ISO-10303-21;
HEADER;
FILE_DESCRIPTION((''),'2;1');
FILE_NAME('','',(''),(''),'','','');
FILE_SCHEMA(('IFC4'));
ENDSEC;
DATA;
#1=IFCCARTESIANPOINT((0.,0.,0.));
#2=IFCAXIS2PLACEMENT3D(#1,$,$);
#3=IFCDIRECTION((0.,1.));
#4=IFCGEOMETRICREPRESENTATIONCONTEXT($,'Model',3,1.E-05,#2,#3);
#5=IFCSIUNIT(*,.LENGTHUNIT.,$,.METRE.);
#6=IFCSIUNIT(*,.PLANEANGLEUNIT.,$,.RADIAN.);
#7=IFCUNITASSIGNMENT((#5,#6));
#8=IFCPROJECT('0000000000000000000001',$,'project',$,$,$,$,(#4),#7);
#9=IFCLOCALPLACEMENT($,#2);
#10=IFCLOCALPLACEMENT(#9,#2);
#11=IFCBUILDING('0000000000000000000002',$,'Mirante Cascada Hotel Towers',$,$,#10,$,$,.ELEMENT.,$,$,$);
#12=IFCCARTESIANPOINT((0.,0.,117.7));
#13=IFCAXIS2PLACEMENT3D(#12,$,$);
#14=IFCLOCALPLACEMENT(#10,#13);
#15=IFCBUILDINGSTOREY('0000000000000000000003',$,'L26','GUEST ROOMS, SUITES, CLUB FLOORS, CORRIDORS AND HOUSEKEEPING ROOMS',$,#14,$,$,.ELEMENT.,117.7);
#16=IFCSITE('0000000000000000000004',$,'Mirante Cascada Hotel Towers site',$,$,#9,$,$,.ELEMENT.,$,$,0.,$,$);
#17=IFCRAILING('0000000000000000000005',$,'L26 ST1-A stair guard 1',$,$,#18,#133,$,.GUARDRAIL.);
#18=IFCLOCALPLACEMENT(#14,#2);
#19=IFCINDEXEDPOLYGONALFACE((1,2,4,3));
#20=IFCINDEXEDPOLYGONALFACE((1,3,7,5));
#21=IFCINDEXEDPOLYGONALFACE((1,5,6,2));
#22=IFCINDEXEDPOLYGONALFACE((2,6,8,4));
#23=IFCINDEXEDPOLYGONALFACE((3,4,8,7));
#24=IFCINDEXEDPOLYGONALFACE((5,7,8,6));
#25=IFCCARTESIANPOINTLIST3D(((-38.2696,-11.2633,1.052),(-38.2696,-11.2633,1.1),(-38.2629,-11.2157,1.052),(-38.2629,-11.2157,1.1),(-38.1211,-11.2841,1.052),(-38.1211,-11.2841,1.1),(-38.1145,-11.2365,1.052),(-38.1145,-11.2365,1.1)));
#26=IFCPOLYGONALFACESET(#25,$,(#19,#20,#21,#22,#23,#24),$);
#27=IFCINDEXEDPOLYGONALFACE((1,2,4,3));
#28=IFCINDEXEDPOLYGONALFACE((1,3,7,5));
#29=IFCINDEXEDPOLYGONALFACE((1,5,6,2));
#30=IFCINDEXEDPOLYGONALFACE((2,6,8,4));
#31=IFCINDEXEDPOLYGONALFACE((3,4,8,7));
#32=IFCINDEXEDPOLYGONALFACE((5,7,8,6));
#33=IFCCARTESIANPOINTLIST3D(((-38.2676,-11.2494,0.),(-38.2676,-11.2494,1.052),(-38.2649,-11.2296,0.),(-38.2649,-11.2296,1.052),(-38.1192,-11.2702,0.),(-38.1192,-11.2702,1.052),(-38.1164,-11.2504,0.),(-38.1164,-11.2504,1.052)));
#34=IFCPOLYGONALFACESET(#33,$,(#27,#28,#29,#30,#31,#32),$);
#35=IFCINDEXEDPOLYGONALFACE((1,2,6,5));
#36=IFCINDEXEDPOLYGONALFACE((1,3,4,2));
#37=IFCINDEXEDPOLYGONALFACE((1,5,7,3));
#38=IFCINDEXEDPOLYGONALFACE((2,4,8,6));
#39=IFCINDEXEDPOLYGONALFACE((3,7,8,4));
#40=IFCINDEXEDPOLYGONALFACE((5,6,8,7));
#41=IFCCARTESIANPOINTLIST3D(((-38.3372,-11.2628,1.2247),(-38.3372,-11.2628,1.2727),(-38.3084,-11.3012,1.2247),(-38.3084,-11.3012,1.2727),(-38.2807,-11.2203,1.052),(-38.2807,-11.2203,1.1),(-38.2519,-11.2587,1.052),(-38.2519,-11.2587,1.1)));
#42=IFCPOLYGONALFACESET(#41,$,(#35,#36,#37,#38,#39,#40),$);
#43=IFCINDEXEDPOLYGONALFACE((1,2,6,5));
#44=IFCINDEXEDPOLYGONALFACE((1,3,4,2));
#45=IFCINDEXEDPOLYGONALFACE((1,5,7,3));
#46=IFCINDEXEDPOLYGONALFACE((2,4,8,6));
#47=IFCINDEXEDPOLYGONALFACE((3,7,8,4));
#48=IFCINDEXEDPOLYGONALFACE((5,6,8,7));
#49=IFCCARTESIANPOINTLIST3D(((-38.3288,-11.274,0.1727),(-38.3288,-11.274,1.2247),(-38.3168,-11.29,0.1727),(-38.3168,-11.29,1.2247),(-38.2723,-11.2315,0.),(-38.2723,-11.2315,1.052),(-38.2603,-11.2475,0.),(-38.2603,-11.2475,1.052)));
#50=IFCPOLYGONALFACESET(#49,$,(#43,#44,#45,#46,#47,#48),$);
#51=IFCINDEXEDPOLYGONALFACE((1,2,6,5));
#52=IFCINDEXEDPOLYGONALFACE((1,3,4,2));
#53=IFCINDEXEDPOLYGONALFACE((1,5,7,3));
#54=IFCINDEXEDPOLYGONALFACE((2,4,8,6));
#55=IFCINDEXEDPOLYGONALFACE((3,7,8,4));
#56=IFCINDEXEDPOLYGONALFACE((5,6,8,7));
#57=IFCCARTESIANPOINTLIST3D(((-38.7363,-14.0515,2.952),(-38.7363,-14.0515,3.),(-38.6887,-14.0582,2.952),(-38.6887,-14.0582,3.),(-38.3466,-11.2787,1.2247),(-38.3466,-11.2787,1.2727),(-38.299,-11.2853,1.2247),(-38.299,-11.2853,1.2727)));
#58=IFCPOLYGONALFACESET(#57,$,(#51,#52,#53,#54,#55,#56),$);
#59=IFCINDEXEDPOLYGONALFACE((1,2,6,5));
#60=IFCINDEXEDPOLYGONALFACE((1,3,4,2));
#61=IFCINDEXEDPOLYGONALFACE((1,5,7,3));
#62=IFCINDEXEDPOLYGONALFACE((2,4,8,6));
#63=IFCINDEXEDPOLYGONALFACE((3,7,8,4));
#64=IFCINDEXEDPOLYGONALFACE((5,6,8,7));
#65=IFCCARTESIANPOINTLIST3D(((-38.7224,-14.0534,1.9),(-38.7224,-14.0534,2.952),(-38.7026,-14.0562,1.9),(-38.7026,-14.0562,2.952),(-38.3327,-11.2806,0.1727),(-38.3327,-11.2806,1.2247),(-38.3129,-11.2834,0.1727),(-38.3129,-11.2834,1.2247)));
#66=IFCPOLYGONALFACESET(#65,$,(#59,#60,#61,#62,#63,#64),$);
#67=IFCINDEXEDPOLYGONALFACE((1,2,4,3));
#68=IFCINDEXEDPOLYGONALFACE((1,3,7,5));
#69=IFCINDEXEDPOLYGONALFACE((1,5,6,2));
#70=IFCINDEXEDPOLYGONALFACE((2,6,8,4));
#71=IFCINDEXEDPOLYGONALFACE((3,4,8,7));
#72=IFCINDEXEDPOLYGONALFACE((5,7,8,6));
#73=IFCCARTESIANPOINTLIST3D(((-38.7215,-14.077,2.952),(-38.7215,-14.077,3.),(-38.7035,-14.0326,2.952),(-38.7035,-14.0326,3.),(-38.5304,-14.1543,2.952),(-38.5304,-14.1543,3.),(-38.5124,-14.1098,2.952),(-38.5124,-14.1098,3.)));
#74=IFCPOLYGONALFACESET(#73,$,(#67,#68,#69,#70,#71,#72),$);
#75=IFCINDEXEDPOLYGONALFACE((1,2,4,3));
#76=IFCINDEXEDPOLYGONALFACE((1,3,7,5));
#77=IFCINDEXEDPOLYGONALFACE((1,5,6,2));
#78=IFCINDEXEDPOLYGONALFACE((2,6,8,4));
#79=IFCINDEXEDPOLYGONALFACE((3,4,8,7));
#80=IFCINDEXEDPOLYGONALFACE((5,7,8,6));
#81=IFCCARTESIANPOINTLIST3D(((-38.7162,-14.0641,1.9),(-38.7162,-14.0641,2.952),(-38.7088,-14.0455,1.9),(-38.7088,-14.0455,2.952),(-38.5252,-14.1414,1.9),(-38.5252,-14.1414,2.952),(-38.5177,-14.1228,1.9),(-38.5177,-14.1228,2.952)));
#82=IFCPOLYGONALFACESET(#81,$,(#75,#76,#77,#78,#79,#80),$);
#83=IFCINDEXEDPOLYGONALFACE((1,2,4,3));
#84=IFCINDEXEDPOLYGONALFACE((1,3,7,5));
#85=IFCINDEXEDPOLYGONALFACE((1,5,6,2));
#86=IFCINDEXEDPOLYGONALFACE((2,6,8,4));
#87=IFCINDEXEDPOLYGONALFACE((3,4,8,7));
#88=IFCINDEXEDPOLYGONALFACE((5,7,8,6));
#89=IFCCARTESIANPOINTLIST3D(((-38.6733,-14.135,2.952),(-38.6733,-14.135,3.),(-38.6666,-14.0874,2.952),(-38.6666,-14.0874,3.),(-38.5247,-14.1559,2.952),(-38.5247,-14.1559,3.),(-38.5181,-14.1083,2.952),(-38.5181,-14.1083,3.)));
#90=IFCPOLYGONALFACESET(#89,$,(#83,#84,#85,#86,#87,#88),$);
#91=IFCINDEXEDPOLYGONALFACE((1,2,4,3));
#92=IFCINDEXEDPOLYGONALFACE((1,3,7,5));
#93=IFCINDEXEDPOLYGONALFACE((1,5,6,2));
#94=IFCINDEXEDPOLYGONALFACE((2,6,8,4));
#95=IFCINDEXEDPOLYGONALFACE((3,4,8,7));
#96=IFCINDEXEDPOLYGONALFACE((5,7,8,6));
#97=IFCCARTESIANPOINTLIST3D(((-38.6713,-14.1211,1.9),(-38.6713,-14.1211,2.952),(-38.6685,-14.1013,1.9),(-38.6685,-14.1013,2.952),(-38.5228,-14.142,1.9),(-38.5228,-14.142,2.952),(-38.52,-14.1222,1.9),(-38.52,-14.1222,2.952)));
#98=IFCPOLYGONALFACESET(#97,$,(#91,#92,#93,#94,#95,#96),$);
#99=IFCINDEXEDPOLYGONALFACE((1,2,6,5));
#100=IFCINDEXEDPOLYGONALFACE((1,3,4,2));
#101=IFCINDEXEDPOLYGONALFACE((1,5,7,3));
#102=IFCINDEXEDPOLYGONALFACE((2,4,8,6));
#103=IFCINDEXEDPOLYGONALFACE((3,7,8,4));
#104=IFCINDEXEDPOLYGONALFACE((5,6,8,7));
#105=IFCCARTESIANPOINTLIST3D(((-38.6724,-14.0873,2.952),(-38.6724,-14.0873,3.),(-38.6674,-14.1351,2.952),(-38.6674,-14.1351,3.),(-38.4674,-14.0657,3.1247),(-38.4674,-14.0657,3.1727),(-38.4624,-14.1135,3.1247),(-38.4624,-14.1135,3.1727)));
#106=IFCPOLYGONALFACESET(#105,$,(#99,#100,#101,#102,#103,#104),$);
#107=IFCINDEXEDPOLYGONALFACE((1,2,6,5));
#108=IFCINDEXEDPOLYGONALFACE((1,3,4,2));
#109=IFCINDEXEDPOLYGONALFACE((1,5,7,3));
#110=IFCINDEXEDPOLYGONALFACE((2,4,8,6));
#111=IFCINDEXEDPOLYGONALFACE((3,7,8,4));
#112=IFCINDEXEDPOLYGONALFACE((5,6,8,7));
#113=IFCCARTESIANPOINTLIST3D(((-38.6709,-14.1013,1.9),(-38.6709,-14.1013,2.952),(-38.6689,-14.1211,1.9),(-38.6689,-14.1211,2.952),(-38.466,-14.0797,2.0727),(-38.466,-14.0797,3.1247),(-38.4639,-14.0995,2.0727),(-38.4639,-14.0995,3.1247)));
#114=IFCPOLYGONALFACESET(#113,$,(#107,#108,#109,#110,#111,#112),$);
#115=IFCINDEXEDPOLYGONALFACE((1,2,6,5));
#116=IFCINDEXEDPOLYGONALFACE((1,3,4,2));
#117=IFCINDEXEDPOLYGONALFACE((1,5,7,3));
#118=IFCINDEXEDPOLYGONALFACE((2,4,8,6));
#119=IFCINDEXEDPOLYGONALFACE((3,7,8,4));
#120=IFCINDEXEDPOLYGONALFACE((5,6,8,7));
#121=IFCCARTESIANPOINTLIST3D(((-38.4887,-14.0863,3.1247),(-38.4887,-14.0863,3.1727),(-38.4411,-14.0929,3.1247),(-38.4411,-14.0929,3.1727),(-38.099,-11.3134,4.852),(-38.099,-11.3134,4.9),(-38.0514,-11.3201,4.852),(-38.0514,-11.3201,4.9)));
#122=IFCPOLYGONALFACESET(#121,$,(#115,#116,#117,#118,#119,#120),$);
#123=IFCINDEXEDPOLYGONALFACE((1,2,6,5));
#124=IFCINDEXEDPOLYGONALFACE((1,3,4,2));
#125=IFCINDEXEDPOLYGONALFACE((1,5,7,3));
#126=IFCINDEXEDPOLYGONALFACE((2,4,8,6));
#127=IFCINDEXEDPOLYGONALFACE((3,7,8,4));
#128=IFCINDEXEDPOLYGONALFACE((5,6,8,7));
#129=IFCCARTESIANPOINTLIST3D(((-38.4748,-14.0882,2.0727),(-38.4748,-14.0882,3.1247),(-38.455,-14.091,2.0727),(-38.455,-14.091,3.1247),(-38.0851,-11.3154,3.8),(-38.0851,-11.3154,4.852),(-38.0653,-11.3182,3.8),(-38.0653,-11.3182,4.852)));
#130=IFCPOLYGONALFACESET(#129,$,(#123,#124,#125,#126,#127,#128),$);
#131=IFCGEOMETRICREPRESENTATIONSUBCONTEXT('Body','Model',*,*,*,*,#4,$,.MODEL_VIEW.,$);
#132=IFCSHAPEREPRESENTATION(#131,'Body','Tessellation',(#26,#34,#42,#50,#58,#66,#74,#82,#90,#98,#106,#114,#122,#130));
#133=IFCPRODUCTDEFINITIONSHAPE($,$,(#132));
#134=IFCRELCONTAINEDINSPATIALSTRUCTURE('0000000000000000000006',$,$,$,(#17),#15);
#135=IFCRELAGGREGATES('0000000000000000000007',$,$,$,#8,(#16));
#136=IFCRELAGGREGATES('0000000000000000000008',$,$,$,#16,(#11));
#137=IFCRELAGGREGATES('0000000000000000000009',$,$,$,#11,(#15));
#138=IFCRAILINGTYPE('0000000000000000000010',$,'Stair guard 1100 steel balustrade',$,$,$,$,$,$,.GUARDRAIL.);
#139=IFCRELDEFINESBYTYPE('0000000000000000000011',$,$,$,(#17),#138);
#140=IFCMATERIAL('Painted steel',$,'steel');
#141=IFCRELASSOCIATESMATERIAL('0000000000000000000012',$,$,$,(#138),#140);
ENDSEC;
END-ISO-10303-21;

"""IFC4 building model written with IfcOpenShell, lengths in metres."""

from ifc_helpers import new_model, si_unit, direction, frame, origin, origin_2d, place, context, subcontext, project, spatial, rectangle, extrude, material, type_object, element, save


model = new_model("IFC4")

# Units and contexts
model_context = context("Model", 3, precision=1e-05, world=origin(), true_north=direction((0.0, 1.0)))
body_context = subcontext(model_context, "Body", "Model", "MODEL_VIEW")
ifc_project = project(units=[si_unit("LENGTHUNIT", "METRE"), si_unit("PLANEANGLEUNIT", "RADIAN")], contexts=[model_context])

# Site, building, storey
site_placement = place(None, origin())
site = spatial("IfcSite", under=ifc_project, at=site_placement, Name="Mirante Cascada Hotel Towers site", CompositionType="ELEMENT", RefElevation=0.0)
building_placement = place(site_placement, origin())
building = spatial("IfcBuilding", under=site, at=building_placement, Name="Mirante Cascada Hotel Towers", CompositionType="ELEMENT")
storey_placement = place(building_placement, frame((0.0, 0.0, 117.7)))
storey = spatial("IfcBuildingStorey", under=building, at=storey_placement, Name="L26", Description="GUEST ROOMS, SUITES, CLUB FLOORS, CORRIDORS AND HOUSEKEEPING ROOMS", CompositionType="ELEMENT", Elevation=117.7)

# Railing
ifc_material_1 = material(Name="Painted steel", Category="steel")
railing_type = type_object("IfcRailingType", Name="Stair guard 1100 steel balustrade", PredefinedType="GUARDRAIL", material=ifc_material_1)
railing_placement = place(storey_placement, frame((-38.1178, -11.2603, 0.0)))
element("IfcRailing", 1, at=railing_placement, inside=storey, type_object=railing_type, Name="L26 ST1-A stair guard 1", PredefinedType="GUARDRAIL", context=body_context, shape_type="SweptSolid", body=[
    extrude(rectangle(XDim=0.048, YDim=0.048, at=origin_2d()), frame((0.0, 0.0, 1.076), z_axis=(-0.990333, 0.138713, 0.0), x_axis=(-0.138713, -0.990333, 0.0)), (0.0, 0.0, 1.0), 0.1499),
    extrude(rectangle(XDim=0.02, YDim=1.052, at=origin_2d()), frame((0.0, 0.0, 0.526), z_axis=(-0.990333, 0.138713, 0.0), x_axis=(-0.138713, -0.990333, 0.0)), (0.0, 0.0, 1.0), 0.1499),
    extrude(rectangle(XDim=0.048, YDim=0.048, at=origin_2d()), frame((-0.1485, 0.0208, 1.076), z_axis=(-0.79915, -0.601131, 0.0), x_axis=(0.601131, -0.79915, 0.0)), (0.0, 0.925453, 0.378863), 0.1866),
    extrude(rectangle(XDim=0.02, YDim=1.052, at=origin_2d()), frame((-0.1485, 0.0208, 0.526), z_axis=(-0.79915, -0.601131, 0.0), x_axis=(0.601131, -0.79915, 0.0)), (0.0, 0.925453, 0.378863), 0.1866),
    extrude(rectangle(XDim=0.048, YDim=0.048, at=origin_2d()), frame((-0.205, -0.0217, 1.2487), z_axis=(-0.139176, -0.990268, 0.0), x_axis=(0.990268, -0.139176, 0.0)), (0.0, 0.525021, 0.851089), 3.29),
    extrude(rectangle(XDim=0.02, YDim=1.052, at=origin_2d()), frame((-0.205, -0.0217, 0.6987), z_axis=(-0.139176, -0.990268, 0.0), x_axis=(0.990268, -0.139176, 0.0)), (0.0, 0.525021, 0.851089), 3.29),
    extrude(rectangle(XDim=0.048, YDim=0.048, at=origin_2d()), frame((-0.5947, -2.7945, 2.976), z_axis=(0.927031, -0.374984, 0.0), x_axis=(0.374984, 0.927031, 0.0)), (0.0, 0.0, 1.0), 0.2061),
    extrude(rectangle(XDim=0.02, YDim=1.052, at=origin_2d()), frame((-0.5947, -2.7945, 2.426), z_axis=(0.927031, -0.374984, 0.0), x_axis=(0.374984, 0.927031, 0.0)), (0.0, 0.0, 1.0), 0.2061),
    extrude(rectangle(XDim=0.048, YDim=0.048, at=origin_2d()), frame((-0.4036, -2.8718, 2.976), z_axis=(-0.990241, 0.139367, 0.0), x_axis=(-0.139367, -0.990241, 0.0)), (0.0, 0.0, 1.0), 0.15),
    extrude(rectangle(XDim=0.02, YDim=1.052, at=origin_2d()), frame((-0.4036, -2.8718, 2.426), z_axis=(-0.990241, 0.139367, 0.0), x_axis=(-0.139367, -0.990241, 0.0)), (0.0, 0.0, 1.0), 0.15),
    extrude(rectangle(XDim=0.048, YDim=0.048, at=origin_2d()), frame((-0.5521, -2.8509, 2.976), z_axis=(0.994495, 0.104786, 0.0), x_axis=(-0.104786, 0.994495, 0.0)), (0.0, 0.642203, 0.766534), 0.2689),
    extrude(rectangle(XDim=0.02, YDim=1.052, at=origin_2d()), frame((-0.5521, -2.8509, 2.426), z_axis=(0.994495, 0.104786, 0.0), x_axis=(-0.104786, 0.994495, 0.0)), (0.0, 0.642203, 0.766534), 0.2689),
    extrude(rectangle(XDim=0.048, YDim=0.048, at=origin_2d()), frame((-0.3471, -2.8293, 3.1487), z_axis=(0.139176, 0.990268, 0.0), x_axis=(-0.990268, 0.139176, 0.0)), (0.0, 0.525021, 0.851089), 3.29),
    extrude(rectangle(XDim=0.02, YDim=1.052, at=origin_2d()), frame((-0.3471, -2.8293, 2.5987), z_axis=(0.139176, 0.990268, 0.0), x_axis=(-0.990268, 0.139176, 0.0)), (0.0, 0.525021, 0.851089), 3.29),
])

save(model, "model.ifc")
